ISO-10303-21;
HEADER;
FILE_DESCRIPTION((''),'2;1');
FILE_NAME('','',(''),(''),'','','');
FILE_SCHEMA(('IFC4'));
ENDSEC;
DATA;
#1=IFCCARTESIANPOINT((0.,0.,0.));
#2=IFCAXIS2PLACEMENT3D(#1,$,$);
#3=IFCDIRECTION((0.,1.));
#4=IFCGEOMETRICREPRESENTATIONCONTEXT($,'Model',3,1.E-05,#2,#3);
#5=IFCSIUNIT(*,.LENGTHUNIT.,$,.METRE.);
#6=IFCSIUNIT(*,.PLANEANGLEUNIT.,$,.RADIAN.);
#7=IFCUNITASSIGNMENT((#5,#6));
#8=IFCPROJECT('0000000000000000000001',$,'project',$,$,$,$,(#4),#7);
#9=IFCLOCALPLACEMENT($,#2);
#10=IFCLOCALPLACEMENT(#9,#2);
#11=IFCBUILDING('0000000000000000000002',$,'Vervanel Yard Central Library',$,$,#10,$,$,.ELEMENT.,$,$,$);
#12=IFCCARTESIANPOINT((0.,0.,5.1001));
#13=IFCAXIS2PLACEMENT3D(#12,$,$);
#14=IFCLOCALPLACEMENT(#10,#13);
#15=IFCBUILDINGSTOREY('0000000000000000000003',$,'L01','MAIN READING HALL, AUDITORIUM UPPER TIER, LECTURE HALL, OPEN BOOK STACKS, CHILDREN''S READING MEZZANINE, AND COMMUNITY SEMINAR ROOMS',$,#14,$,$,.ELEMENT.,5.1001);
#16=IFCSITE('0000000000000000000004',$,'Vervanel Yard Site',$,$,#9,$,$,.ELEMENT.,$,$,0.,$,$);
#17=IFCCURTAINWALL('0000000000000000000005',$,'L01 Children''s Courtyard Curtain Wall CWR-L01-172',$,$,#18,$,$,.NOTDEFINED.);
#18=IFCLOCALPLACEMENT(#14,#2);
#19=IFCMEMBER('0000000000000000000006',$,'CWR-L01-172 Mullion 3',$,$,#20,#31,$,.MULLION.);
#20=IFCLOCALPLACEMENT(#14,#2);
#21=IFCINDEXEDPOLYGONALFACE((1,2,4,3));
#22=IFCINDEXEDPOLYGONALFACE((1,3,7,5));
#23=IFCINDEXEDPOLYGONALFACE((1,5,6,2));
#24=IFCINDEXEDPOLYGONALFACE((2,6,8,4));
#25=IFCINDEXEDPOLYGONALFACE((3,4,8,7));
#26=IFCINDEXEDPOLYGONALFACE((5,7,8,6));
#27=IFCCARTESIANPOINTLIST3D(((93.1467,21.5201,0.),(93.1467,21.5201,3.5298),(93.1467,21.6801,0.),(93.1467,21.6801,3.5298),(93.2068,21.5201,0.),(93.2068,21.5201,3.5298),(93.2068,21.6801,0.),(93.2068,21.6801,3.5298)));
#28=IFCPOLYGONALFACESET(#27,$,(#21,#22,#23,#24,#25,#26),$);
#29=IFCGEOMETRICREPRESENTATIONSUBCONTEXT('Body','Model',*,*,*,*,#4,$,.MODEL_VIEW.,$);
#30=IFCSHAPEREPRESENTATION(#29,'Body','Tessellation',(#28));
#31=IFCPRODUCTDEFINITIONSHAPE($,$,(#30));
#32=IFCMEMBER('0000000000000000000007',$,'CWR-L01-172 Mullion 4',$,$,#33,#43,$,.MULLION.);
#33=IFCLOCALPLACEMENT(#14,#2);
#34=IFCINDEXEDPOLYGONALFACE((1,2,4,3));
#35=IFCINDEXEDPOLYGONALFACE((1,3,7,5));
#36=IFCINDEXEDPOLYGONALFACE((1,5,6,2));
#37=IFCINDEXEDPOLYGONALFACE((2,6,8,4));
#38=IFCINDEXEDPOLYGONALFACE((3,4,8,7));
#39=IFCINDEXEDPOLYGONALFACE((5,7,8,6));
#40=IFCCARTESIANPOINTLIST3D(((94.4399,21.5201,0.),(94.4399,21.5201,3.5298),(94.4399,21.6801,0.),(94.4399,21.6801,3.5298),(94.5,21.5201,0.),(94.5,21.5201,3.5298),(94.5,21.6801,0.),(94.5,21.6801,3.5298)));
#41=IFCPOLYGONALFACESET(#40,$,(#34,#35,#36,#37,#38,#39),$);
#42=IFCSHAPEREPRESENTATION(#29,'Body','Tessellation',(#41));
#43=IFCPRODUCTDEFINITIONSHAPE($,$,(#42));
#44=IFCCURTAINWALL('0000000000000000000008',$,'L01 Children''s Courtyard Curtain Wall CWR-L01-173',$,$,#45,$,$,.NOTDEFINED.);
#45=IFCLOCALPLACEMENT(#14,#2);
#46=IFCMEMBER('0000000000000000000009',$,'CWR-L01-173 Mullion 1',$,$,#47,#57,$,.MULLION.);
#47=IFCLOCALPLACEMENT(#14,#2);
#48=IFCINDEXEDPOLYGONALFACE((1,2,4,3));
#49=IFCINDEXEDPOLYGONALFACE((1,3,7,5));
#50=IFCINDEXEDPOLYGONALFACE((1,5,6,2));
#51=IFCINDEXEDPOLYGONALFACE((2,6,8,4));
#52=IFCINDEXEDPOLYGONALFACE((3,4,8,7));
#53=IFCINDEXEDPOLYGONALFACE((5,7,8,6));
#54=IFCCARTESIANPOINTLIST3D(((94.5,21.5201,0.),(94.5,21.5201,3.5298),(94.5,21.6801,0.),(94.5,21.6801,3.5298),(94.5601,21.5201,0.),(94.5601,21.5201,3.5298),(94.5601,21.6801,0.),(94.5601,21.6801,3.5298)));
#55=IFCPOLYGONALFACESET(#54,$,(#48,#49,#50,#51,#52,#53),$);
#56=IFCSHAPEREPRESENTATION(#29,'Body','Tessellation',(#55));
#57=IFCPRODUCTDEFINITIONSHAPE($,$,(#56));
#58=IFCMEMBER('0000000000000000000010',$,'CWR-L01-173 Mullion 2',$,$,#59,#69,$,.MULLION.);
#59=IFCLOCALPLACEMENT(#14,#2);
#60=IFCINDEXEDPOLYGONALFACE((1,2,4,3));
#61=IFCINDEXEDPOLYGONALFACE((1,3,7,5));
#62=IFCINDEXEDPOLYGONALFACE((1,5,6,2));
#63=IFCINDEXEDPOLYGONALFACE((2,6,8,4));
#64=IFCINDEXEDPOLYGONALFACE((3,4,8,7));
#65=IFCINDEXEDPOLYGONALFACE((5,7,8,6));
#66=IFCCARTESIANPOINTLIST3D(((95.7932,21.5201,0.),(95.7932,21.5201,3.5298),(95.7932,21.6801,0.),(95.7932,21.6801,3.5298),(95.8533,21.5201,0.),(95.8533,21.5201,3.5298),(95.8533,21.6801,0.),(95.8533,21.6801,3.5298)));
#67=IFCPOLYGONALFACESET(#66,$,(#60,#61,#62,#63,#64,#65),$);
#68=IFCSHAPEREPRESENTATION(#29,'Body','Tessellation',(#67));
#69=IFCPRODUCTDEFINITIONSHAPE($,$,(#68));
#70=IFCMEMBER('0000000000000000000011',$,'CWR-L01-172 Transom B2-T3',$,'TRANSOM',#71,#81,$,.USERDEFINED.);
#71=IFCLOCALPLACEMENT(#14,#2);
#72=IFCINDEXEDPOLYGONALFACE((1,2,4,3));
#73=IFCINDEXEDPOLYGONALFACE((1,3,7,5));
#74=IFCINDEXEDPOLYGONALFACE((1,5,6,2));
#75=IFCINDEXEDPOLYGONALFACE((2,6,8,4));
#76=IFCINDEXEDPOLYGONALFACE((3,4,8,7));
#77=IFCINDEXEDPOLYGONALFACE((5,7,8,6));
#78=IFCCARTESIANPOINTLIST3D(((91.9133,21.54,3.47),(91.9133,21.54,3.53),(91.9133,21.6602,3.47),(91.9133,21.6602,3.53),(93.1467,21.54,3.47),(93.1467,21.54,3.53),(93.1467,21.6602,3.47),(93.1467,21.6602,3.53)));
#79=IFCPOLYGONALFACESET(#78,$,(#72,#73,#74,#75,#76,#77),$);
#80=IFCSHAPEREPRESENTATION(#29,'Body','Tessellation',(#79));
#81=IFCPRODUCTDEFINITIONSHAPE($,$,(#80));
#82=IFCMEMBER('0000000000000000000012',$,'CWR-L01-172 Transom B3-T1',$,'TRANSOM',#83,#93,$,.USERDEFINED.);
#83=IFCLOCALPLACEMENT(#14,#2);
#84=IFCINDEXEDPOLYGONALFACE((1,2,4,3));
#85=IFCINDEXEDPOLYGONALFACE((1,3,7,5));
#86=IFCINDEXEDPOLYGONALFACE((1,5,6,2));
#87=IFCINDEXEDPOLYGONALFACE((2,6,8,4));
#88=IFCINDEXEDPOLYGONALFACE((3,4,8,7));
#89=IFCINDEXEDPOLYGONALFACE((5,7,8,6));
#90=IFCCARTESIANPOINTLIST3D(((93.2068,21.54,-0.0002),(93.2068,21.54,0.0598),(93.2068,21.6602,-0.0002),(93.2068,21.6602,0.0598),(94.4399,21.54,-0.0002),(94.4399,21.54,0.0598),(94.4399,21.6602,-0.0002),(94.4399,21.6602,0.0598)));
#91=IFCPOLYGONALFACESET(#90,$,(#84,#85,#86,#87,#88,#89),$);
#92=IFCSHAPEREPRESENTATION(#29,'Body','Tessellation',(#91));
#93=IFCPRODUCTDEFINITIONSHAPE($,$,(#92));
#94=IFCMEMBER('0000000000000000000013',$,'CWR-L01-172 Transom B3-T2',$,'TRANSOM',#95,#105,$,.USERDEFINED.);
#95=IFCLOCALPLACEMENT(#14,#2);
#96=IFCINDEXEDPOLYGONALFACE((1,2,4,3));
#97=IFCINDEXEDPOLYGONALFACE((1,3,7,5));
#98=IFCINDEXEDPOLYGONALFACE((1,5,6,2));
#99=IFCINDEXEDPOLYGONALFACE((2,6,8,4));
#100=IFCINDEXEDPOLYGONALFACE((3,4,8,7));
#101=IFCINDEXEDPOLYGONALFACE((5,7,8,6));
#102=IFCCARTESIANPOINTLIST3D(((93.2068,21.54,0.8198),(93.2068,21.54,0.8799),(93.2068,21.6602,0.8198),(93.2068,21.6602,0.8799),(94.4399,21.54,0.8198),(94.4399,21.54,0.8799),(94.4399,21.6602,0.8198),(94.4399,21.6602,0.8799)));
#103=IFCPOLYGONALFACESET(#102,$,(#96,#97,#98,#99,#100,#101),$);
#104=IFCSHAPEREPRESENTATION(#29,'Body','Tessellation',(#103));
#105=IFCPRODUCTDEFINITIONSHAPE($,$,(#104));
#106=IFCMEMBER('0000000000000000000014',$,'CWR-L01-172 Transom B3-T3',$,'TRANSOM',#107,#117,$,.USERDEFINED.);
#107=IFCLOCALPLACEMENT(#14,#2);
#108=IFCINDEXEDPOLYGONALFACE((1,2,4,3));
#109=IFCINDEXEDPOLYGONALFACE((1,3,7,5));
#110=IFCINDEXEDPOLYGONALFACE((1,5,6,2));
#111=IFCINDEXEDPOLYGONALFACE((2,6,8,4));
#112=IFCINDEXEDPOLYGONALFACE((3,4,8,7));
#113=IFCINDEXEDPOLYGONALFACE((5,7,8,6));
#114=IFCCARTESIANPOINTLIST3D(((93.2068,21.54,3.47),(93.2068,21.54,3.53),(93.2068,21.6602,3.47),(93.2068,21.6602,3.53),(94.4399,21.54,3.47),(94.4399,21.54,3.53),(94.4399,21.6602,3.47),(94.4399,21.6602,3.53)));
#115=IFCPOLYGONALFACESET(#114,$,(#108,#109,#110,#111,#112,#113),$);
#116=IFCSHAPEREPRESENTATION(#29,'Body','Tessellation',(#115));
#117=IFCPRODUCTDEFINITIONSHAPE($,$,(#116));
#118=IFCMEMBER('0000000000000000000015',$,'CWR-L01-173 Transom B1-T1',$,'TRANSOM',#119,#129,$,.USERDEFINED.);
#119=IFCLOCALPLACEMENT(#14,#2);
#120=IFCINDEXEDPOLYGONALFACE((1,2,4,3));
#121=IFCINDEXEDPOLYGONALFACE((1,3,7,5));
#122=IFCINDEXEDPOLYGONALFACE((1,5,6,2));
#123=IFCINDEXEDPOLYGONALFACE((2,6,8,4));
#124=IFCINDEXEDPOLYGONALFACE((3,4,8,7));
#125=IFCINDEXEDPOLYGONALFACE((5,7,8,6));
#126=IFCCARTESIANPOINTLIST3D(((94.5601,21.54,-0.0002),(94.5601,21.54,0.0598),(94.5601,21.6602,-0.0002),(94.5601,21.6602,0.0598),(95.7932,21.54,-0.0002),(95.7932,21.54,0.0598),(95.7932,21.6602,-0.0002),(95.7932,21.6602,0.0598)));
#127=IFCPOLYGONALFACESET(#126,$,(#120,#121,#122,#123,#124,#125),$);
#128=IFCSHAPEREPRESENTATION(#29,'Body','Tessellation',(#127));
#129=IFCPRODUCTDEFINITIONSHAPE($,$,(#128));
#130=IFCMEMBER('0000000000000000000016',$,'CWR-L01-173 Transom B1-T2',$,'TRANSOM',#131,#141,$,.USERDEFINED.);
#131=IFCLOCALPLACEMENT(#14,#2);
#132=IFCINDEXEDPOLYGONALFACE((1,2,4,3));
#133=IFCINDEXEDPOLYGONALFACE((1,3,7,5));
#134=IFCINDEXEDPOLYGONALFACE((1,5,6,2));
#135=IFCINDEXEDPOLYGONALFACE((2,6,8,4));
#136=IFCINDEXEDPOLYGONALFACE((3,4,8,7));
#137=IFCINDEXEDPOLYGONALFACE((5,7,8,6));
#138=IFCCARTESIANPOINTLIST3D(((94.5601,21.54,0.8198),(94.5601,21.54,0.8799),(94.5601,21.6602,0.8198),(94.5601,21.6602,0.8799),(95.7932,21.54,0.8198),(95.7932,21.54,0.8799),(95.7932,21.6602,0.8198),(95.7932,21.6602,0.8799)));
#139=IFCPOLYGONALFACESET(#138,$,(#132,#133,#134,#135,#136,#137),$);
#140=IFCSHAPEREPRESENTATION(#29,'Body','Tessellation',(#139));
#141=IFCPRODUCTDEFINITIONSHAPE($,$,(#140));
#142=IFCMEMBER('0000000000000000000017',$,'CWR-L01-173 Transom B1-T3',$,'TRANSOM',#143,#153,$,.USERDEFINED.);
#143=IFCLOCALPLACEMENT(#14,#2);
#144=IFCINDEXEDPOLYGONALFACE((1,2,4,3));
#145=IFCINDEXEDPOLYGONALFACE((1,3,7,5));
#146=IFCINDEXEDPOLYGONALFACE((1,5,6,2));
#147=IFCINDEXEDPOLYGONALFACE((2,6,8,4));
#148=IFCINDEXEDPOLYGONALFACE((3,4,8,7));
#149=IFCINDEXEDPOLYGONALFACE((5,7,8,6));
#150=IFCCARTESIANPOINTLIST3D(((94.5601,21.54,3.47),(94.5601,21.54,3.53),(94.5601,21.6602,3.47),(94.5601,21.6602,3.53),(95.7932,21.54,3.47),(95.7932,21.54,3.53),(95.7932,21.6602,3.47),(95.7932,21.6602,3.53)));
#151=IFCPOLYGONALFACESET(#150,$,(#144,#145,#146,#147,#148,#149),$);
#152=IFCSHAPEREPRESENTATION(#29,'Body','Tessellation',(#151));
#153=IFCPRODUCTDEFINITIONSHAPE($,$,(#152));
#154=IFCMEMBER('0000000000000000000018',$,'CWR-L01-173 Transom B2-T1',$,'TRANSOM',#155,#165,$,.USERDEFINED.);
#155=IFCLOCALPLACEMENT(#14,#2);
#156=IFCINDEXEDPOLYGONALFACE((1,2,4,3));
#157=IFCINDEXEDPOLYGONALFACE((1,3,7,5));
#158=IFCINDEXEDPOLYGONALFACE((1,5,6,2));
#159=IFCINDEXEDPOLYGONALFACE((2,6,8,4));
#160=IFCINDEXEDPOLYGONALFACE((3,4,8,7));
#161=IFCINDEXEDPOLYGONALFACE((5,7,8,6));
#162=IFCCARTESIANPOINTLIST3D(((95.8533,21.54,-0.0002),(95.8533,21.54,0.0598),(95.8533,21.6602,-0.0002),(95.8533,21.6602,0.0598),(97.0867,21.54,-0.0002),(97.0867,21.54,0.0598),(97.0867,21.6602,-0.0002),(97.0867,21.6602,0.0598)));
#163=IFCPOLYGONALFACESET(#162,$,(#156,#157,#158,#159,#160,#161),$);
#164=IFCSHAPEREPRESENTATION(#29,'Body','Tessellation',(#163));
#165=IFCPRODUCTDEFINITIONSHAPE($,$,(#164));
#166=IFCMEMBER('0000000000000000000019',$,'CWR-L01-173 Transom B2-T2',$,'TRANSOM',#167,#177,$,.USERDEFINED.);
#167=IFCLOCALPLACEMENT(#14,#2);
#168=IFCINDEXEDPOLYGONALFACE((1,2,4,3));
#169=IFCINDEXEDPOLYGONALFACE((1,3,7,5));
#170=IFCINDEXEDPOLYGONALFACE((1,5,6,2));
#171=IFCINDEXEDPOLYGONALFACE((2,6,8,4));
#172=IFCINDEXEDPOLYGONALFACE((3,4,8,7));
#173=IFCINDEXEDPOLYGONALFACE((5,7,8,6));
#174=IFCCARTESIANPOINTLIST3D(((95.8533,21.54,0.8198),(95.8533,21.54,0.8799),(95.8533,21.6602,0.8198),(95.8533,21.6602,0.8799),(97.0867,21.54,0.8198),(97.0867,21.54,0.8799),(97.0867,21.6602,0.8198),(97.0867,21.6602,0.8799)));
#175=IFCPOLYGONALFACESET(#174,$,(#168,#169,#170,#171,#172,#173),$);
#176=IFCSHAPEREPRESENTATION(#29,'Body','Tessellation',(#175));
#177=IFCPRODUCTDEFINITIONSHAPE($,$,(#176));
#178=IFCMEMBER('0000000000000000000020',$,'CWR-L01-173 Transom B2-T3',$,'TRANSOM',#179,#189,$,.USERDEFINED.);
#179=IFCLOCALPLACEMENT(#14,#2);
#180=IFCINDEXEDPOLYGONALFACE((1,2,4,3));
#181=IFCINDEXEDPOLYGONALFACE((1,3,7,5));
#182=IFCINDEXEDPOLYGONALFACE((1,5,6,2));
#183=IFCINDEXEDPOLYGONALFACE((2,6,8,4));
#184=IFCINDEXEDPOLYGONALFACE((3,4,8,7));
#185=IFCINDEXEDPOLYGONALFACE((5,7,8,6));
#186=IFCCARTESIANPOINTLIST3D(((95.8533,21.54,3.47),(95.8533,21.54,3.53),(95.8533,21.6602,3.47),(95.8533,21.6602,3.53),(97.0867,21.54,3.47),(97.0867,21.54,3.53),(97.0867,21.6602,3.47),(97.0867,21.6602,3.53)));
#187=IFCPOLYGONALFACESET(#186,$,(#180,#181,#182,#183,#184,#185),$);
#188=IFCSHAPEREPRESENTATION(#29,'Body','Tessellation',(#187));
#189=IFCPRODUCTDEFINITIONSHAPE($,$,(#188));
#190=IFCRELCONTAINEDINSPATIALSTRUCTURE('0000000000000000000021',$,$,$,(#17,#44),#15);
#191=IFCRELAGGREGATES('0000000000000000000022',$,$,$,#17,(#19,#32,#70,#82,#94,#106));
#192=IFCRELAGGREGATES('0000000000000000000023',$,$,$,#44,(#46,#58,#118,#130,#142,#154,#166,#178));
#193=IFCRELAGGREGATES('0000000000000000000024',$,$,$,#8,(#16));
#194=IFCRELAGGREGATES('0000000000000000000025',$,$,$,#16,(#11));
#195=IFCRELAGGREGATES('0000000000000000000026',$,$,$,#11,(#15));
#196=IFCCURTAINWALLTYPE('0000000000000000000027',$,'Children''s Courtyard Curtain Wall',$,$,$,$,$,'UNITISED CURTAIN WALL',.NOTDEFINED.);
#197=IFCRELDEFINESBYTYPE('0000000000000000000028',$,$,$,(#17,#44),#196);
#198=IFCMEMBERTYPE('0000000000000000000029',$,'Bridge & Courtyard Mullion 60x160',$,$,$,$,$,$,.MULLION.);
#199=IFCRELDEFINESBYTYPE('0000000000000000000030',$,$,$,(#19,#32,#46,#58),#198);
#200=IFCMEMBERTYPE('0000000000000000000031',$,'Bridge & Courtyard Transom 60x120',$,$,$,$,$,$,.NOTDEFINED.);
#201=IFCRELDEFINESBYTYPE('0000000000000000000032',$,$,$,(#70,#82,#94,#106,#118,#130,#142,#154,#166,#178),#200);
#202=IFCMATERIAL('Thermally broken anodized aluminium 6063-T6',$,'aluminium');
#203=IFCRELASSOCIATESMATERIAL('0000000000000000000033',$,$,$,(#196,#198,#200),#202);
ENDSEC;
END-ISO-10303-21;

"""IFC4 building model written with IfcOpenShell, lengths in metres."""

from ifc_helpers import new_model, si_unit, direction, frame, origin, origin_2d, place, context, subcontext, project, spatial, rectangle, extrude, material, material_profile, profile_set, type_object, element, aggregate, save


model = new_model("IFC4")

# Units and contexts
model_context = context("Model", 3, precision=1e-05, world=origin(), true_north=direction((0.0, 1.0)))
body_context = subcontext(model_context, "Body", "Model", "MODEL_VIEW")
ifc_project = project(units=[si_unit("LENGTHUNIT", "METRE"), si_unit("PLANEANGLEUNIT", "RADIAN")], contexts=[model_context])

# Site, building, storey
site_placement = place(None, origin())
site = spatial("IfcSite", under=ifc_project, at=site_placement, Name="Vervanel Yard Site", CompositionType="ELEMENT", RefElevation=0.0)
building_placement = place(site_placement, origin())
building = spatial("IfcBuilding", under=site, at=building_placement, Name="Vervanel Yard Central Library", CompositionType="ELEMENT")
storey_placement = place(building_placement, frame((0.0, 0.0, 5.1001)))
storey = spatial("IfcBuildingStorey", under=building, at=storey_placement, Name="L01", Description="MAIN READING HALL, AUDITORIUM UPPER TIER, LECTURE HALL, OPEN BOOK STACKS, CHILDREN'S READING MEZZANINE, AND COMMUNITY SEMINAR ROOMS", CompositionType="ELEMENT", Elevation=5.1001)

# Curtain walls, members
ifc_material_1 = material(Name="Thermally broken anodized aluminium 6063-T6", Category="aluminium")
curtain_wall_type = type_object("IfcCurtainWallType", Name="Children's Courtyard Curtain Wall", ElementType="UNITISED CURTAIN WALL", PredefinedType="NOTDEFINED", material=ifc_material_1)
curtain_wall_1_placement = place(storey_placement, origin())
curtain_wall_1 = element("IfcCurtainWall", 1, at=curtain_wall_1_placement, inside=storey, type_object=curtain_wall_type, Name="L01 Children's Courtyard Curtain Wall CWR-L01-172", PredefinedType="NOTDEFINED")
ifc_material_profile_1 = material_profile(ifc_material_1, rectangle(XDim=0.0601, YDim=0.1599, at=origin_2d()), Name="ALU 60x160", Category="aluminium")
ifc_profile_set_1 = profile_set([ifc_material_profile_1], Name="Thermally broken anodized aluminium 6063-T6")
member_type_1 = type_object("IfcMemberType", Name="Bridge & Courtyard Mullion 60x160", PredefinedType="MULLION", material=ifc_profile_set_1)
member_1_placement = place(storey_placement, frame((93.1768, 21.6001, 0.0), z_axis=(0.0, 0.0, 1.0), x_axis=(1.0, 0.0, 0.0)))
member_1 = element("IfcMember", 2, at=member_1_placement, type_object=member_type_1, Name="CWR-L01-172 Mullion 3", PredefinedType="MULLION", context=body_context, shape_type="SweptSolid", body=[
    extrude(rectangle(XDim=0.0601, YDim=0.1599, at=origin_2d()), origin(), (0.0, 0.0, 1.0), 3.5298),
])
member_2_placement = place(storey_placement, frame((94.47, 21.6001, 0.0), z_axis=(0.0, 0.0, 1.0), x_axis=(1.0, 0.0, 0.0)))
member_2 = element("IfcMember", 3, at=member_2_placement, type_object=member_type_1, Name="CWR-L01-172 Mullion 4", PredefinedType="MULLION", context=body_context, shape_type="SweptSolid", body=[
    extrude(rectangle(XDim=0.0601, YDim=0.1599, at=origin_2d()), origin(), (0.0, 0.0, 1.0), 3.5298),
])
curtain_wall_2_placement = place(storey_placement, origin())
curtain_wall_2 = element("IfcCurtainWall", 4, at=curtain_wall_2_placement, inside=storey, type_object=curtain_wall_type, Name="L01 Children's Courtyard Curtain Wall CWR-L01-173", PredefinedType="NOTDEFINED")
member_3_placement = place(storey_placement, frame((94.53, 21.6001, 0.0), z_axis=(0.0, 0.0, 1.0), x_axis=(1.0, 0.0, 0.0)))
member_3 = element("IfcMember", 5, at=member_3_placement, type_object=member_type_1, Name="CWR-L01-173 Mullion 1", PredefinedType="MULLION", context=body_context, shape_type="SweptSolid", body=[
    extrude(rectangle(XDim=0.0601, YDim=0.1599, at=origin_2d()), origin(), (0.0, 0.0, 1.0), 3.5298),
])
member_4_placement = place(storey_placement, frame((95.8232, 21.6001, 0.0), z_axis=(0.0, 0.0, 1.0), x_axis=(1.0, 0.0, 0.0)))
member_4 = element("IfcMember", 6, at=member_4_placement, type_object=member_type_1, Name="CWR-L01-173 Mullion 2", PredefinedType="MULLION", context=body_context, shape_type="SweptSolid", body=[
    extrude(rectangle(XDim=0.0601, YDim=0.1599, at=origin_2d()), origin(), (0.0, 0.0, 1.0), 3.5298),
])

# Members
ifc_material_profile_2 = material_profile(ifc_material_1, rectangle(XDim=0.0601, YDim=0.1201, at=origin_2d()), Name="ALU 60x120", Category="aluminium")
ifc_profile_set_2 = profile_set([ifc_material_profile_2], Name="Thermally broken anodized aluminium 6063-T6")
member_type_2 = type_object("IfcMemberType", Name="Bridge & Courtyard Transom 60x120", PredefinedType="NOTDEFINED", material=ifc_profile_set_2)
member_5_placement = place(storey_placement, frame((91.9133, 21.6001, 3.5), z_axis=(1.0, 0.0, 0.0), x_axis=(0.0, 0.0, 1.0)))
member_5 = element("IfcMember", 7, at=member_5_placement, type_object=member_type_2, Name="CWR-L01-172 Transom B2-T3", ObjectType="TRANSOM", PredefinedType="USERDEFINED", context=body_context, shape_type="SweptSolid", body=[
    extrude(rectangle(XDim=0.0601, YDim=0.1201, at=origin_2d()), origin(), (0.0, 0.0, 1.0), 1.2334),
])
member_6_placement = place(storey_placement, frame((93.2068, 21.6001, 0.0298), z_axis=(1.0, 0.0, 0.0), x_axis=(0.0, 0.0, 1.0)))
member_6 = element("IfcMember", 8, at=member_6_placement, type_object=member_type_2, Name="CWR-L01-172 Transom B3-T1", ObjectType="TRANSOM", PredefinedType="USERDEFINED", context=body_context, shape_type="SweptSolid", body=[
    extrude(rectangle(XDim=0.0601, YDim=0.1201, at=origin_2d()), origin(), (0.0, 0.0, 1.0), 1.2332),
])
member_7_placement = place(storey_placement, frame((93.2068, 21.6001, 0.8499), z_axis=(1.0, 0.0, 0.0), x_axis=(0.0, 0.0, 1.0)))
member_7 = element("IfcMember", 9, at=member_7_placement, type_object=member_type_2, Name="CWR-L01-172 Transom B3-T2", ObjectType="TRANSOM", PredefinedType="USERDEFINED", context=body_context, shape_type="SweptSolid", body=[
    extrude(rectangle(XDim=0.0601, YDim=0.1201, at=origin_2d()), origin(), (0.0, 0.0, 1.0), 1.2332),
])
member_8_placement = place(storey_placement, frame((93.2068, 21.6001, 3.5), z_axis=(1.0, 0.0, 0.0), x_axis=(0.0, 0.0, 1.0)))
member_8 = element("IfcMember", 10, at=member_8_placement, type_object=member_type_2, Name="CWR-L01-172 Transom B3-T3", ObjectType="TRANSOM", PredefinedType="USERDEFINED", context=body_context, shape_type="SweptSolid", body=[
    extrude(rectangle(XDim=0.0601, YDim=0.1201, at=origin_2d()), origin(), (0.0, 0.0, 1.0), 1.2332),
])
member_9_placement = place(storey_placement, frame((94.5601, 21.6001, 0.0298), z_axis=(1.0, 0.0, 0.0), x_axis=(0.0, 0.0, 1.0)))
member_9 = element("IfcMember", 11, at=member_9_placement, type_object=member_type_2, Name="CWR-L01-173 Transom B1-T1", ObjectType="TRANSOM", PredefinedType="USERDEFINED", context=body_context, shape_type="SweptSolid", body=[
    extrude(rectangle(XDim=0.0601, YDim=0.1201, at=origin_2d()), origin(), (0.0, 0.0, 1.0), 1.2332),
])
member_10_placement = place(storey_placement, frame((94.5601, 21.6001, 0.8499), z_axis=(1.0, 0.0, 0.0), x_axis=(0.0, 0.0, 1.0)))
member_10 = element("IfcMember", 12, at=member_10_placement, type_object=member_type_2, Name="CWR-L01-173 Transom B1-T2", ObjectType="TRANSOM", PredefinedType="USERDEFINED", context=body_context, shape_type="SweptSolid", body=[
    extrude(rectangle(XDim=0.0601, YDim=0.1201, at=origin_2d()), origin(), (0.0, 0.0, 1.0), 1.2332),
])
member_11_placement = place(storey_placement, frame((94.5601, 21.6001, 3.5), z_axis=(1.0, 0.0, 0.0), x_axis=(0.0, 0.0, 1.0)))
member_11 = element("IfcMember", 13, at=member_11_placement, type_object=member_type_2, Name="CWR-L01-173 Transom B1-T3", ObjectType="TRANSOM", PredefinedType="USERDEFINED", context=body_context, shape_type="SweptSolid", body=[
    extrude(rectangle(XDim=0.0601, YDim=0.1201, at=origin_2d()), origin(), (0.0, 0.0, 1.0), 1.2332),
])
member_12_placement = place(storey_placement, frame((95.8533, 21.6001, 0.0298), z_axis=(1.0, 0.0, 0.0), x_axis=(0.0, 0.0, 1.0)))
member_12 = element("IfcMember", 14, at=member_12_placement, type_object=member_type_2, Name="CWR-L01-173 Transom B2-T1", ObjectType="TRANSOM", PredefinedType="USERDEFINED", context=body_context, shape_type="SweptSolid", body=[
    extrude(rectangle(XDim=0.0601, YDim=0.1201, at=origin_2d()), origin(), (0.0, 0.0, 1.0), 1.2334),
])
member_13_placement = place(storey_placement, frame((95.8533, 21.6001, 0.8499), z_axis=(1.0, 0.0, 0.0), x_axis=(0.0, 0.0, 1.0)))
member_13 = element("IfcMember", 15, at=member_13_placement, type_object=member_type_2, Name="CWR-L01-173 Transom B2-T2", ObjectType="TRANSOM", PredefinedType="USERDEFINED", context=body_context, shape_type="SweptSolid", body=[
    extrude(rectangle(XDim=0.0601, YDim=0.1201, at=origin_2d()), origin(), (0.0, 0.0, 1.0), 1.2334),
])
member_14_placement = place(storey_placement, frame((95.8533, 21.6001, 3.5), z_axis=(1.0, 0.0, 0.0), x_axis=(0.0, 0.0, 1.0)))
member_14 = element("IfcMember", 16, at=member_14_placement, type_object=member_type_2, Name="CWR-L01-173 Transom B2-T3", ObjectType="TRANSOM", PredefinedType="USERDEFINED", context=body_context, shape_type="SweptSolid", body=[
    extrude(rectangle(XDim=0.0601, YDim=0.1201, at=origin_2d()), origin(), (0.0, 0.0, 1.0), 1.2334),
])

aggregate(curtain_wall_1, [member_1, member_2, member_5, member_6, member_7, member_8])
aggregate(curtain_wall_2, [member_3, member_4, member_9, member_10, member_11, member_12, member_13, member_14])

save(model, "model.ifc")
